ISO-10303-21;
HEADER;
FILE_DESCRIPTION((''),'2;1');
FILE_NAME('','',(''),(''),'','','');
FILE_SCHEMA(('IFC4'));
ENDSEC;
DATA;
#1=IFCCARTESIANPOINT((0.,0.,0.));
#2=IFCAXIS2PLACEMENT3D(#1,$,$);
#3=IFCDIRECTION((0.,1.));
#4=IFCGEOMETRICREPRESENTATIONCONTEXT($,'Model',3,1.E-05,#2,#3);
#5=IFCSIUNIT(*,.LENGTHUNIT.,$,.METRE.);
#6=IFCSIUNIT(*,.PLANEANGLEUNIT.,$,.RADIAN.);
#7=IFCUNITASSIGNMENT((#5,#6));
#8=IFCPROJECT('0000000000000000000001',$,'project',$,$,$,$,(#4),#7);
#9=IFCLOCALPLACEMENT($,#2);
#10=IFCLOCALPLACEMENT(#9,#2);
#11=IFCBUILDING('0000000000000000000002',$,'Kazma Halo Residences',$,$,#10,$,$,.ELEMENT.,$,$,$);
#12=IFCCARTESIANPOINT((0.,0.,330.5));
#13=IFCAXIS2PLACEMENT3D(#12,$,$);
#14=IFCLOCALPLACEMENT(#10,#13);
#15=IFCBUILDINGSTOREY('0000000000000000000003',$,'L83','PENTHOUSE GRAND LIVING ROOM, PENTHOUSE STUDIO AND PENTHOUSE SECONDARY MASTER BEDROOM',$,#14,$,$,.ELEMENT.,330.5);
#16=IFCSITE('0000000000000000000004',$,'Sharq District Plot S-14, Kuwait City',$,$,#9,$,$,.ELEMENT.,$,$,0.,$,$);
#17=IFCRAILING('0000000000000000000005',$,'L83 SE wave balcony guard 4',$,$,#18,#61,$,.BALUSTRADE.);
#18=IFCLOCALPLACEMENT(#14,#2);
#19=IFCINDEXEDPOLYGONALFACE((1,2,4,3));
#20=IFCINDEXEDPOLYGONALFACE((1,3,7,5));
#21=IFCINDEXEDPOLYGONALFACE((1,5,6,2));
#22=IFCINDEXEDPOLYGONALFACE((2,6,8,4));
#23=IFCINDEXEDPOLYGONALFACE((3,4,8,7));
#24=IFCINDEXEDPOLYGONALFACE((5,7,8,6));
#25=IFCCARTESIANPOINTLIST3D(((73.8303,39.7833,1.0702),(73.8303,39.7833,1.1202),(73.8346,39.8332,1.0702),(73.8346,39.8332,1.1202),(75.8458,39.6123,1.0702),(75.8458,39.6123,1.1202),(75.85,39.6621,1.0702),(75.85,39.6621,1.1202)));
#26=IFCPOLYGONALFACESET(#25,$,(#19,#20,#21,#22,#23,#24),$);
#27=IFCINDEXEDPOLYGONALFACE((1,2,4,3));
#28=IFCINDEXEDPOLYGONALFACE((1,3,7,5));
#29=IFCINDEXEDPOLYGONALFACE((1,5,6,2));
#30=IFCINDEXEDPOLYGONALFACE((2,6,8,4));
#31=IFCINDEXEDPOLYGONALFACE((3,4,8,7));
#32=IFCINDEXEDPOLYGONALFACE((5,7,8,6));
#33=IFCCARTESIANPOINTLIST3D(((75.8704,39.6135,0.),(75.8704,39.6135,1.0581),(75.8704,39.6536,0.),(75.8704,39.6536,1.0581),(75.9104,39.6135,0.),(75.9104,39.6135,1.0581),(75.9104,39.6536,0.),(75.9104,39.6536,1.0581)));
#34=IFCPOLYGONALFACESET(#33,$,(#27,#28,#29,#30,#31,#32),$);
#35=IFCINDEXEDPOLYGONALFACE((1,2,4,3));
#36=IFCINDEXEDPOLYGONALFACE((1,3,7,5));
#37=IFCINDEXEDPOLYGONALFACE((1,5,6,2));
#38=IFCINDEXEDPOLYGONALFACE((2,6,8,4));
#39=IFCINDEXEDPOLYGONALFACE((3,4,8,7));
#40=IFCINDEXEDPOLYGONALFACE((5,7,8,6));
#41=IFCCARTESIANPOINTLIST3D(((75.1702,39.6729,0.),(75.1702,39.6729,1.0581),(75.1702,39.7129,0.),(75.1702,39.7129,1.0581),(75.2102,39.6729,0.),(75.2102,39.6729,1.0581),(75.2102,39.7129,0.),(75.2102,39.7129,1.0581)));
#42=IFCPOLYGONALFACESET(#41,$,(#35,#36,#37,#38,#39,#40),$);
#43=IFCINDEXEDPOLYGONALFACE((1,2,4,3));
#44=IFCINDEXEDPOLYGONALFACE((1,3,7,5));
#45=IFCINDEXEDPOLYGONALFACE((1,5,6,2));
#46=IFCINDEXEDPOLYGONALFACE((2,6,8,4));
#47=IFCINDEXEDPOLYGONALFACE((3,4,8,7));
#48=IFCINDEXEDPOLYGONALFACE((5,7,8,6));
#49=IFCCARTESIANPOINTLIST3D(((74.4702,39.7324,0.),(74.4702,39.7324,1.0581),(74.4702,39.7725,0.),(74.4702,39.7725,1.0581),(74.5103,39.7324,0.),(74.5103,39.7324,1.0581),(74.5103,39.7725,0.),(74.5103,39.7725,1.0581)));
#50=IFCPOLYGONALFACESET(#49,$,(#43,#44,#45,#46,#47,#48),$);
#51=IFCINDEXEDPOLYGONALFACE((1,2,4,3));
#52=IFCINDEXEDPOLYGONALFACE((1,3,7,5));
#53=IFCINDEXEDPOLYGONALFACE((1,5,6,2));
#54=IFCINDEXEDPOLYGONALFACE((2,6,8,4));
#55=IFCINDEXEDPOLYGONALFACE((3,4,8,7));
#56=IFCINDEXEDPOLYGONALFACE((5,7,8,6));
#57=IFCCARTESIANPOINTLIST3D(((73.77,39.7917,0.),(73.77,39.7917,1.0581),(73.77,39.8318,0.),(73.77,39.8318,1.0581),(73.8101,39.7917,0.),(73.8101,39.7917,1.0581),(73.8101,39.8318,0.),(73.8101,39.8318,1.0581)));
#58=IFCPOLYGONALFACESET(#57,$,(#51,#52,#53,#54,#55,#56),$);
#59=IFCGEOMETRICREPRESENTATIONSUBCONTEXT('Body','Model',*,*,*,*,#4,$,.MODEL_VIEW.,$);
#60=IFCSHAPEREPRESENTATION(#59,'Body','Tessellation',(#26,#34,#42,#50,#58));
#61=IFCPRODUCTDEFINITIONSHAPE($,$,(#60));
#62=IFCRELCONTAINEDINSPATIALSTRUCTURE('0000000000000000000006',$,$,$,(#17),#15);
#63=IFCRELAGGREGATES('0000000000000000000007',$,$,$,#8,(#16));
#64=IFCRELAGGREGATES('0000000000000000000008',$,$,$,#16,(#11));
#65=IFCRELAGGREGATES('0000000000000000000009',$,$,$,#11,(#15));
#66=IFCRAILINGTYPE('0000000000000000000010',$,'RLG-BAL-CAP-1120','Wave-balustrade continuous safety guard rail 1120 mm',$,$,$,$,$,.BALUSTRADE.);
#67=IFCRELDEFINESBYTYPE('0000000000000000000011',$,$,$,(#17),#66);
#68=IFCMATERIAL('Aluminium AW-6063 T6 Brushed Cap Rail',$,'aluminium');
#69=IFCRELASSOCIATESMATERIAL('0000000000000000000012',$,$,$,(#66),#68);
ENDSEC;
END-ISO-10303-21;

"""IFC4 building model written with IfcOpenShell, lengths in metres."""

from ifc_helpers import new_model, si_unit, direction, frame, origin, origin_2d, place, context, subcontext, project, spatial, rectangle, extrude, material, type_object, element, save


model = new_model("IFC4")

# Units and contexts
model_context = context("Model", 3, precision=1e-05, world=origin(), true_north=direction((0.0, 1.0)))
body_context = subcontext(model_context, "Body", "Model", "MODEL_VIEW")
ifc_project = project(units=[si_unit("LENGTHUNIT", "METRE"), si_unit("PLANEANGLEUNIT", "RADIAN")], contexts=[model_context])

# Site, building, storey
site_placement = place(None, origin())
site = spatial("IfcSite", under=ifc_project, at=site_placement, Name="Sharq District Plot S-14, Kuwait City", CompositionType="ELEMENT", RefElevation=0.0)
building_placement = place(site_placement, origin())
building = spatial("IfcBuilding", under=site, at=building_placement, Name="Kazma Halo Residences", CompositionType="ELEMENT")
storey_placement = place(building_placement, frame((0.0, 0.0, 330.5)))
storey = spatial("IfcBuildingStorey", under=building, at=storey_placement, Name="L83", Description="PENTHOUSE GRAND LIVING ROOM, PENTHOUSE STUDIO AND PENTHOUSE SECONDARY MASTER BEDROOM", CompositionType="ELEMENT", Elevation=330.5)

# Railing
ifc_material_1 = material(Name="Aluminium AW-6063 T6 Brushed Cap Rail", Category="aluminium")
railing_type = type_object("IfcRailingType", Name="RLG-BAL-CAP-1120", Description="Wave-balustrade continuous safety guard rail 1120 mm", PredefinedType="BALUSTRADE", material=ifc_material_1)
railing_placement = place(storey_placement, frame((75.8904, 39.6335, 0.0)))
element("IfcRailing", 1, at=railing_placement, inside=storey, type_object=railing_type, Name="L83 SE wave balcony guard 4", PredefinedType="BALUSTRADE", context=body_context, shape_type="SweptSolid", body=[
    extrude(rectangle(XDim=0.05, YDim=0.05, at=origin_2d()), frame((-0.0425, 0.0037, 1.0952), z_axis=(-0.996419, 0.08455, 0.0), x_axis=(-0.08455, -0.996419, 0.0)), (0.0, 0.0, 1.0), 2.0227),
    extrude(rectangle(XDim=0.04, YDim=0.04, at=origin_2d()), origin(), (0.0, 0.0, 1.0), 1.0581),
    extrude(rectangle(XDim=0.04, YDim=0.04, at=origin_2d()), frame((-0.7002, 0.0593, 0.0)), (0.0, 0.0, 1.0), 1.0581),
    extrude(rectangle(XDim=0.04, YDim=0.04, at=origin_2d()), frame((-1.4001, 0.1189, 0.0)), (0.0, 0.0, 1.0), 1.0581),
    extrude(rectangle(XDim=0.04, YDim=0.04, at=origin_2d()), frame((-2.1003, 0.1782, 0.0)), (0.0, 0.0, 1.0), 1.0581),
])

save(model, "model.ifc")
